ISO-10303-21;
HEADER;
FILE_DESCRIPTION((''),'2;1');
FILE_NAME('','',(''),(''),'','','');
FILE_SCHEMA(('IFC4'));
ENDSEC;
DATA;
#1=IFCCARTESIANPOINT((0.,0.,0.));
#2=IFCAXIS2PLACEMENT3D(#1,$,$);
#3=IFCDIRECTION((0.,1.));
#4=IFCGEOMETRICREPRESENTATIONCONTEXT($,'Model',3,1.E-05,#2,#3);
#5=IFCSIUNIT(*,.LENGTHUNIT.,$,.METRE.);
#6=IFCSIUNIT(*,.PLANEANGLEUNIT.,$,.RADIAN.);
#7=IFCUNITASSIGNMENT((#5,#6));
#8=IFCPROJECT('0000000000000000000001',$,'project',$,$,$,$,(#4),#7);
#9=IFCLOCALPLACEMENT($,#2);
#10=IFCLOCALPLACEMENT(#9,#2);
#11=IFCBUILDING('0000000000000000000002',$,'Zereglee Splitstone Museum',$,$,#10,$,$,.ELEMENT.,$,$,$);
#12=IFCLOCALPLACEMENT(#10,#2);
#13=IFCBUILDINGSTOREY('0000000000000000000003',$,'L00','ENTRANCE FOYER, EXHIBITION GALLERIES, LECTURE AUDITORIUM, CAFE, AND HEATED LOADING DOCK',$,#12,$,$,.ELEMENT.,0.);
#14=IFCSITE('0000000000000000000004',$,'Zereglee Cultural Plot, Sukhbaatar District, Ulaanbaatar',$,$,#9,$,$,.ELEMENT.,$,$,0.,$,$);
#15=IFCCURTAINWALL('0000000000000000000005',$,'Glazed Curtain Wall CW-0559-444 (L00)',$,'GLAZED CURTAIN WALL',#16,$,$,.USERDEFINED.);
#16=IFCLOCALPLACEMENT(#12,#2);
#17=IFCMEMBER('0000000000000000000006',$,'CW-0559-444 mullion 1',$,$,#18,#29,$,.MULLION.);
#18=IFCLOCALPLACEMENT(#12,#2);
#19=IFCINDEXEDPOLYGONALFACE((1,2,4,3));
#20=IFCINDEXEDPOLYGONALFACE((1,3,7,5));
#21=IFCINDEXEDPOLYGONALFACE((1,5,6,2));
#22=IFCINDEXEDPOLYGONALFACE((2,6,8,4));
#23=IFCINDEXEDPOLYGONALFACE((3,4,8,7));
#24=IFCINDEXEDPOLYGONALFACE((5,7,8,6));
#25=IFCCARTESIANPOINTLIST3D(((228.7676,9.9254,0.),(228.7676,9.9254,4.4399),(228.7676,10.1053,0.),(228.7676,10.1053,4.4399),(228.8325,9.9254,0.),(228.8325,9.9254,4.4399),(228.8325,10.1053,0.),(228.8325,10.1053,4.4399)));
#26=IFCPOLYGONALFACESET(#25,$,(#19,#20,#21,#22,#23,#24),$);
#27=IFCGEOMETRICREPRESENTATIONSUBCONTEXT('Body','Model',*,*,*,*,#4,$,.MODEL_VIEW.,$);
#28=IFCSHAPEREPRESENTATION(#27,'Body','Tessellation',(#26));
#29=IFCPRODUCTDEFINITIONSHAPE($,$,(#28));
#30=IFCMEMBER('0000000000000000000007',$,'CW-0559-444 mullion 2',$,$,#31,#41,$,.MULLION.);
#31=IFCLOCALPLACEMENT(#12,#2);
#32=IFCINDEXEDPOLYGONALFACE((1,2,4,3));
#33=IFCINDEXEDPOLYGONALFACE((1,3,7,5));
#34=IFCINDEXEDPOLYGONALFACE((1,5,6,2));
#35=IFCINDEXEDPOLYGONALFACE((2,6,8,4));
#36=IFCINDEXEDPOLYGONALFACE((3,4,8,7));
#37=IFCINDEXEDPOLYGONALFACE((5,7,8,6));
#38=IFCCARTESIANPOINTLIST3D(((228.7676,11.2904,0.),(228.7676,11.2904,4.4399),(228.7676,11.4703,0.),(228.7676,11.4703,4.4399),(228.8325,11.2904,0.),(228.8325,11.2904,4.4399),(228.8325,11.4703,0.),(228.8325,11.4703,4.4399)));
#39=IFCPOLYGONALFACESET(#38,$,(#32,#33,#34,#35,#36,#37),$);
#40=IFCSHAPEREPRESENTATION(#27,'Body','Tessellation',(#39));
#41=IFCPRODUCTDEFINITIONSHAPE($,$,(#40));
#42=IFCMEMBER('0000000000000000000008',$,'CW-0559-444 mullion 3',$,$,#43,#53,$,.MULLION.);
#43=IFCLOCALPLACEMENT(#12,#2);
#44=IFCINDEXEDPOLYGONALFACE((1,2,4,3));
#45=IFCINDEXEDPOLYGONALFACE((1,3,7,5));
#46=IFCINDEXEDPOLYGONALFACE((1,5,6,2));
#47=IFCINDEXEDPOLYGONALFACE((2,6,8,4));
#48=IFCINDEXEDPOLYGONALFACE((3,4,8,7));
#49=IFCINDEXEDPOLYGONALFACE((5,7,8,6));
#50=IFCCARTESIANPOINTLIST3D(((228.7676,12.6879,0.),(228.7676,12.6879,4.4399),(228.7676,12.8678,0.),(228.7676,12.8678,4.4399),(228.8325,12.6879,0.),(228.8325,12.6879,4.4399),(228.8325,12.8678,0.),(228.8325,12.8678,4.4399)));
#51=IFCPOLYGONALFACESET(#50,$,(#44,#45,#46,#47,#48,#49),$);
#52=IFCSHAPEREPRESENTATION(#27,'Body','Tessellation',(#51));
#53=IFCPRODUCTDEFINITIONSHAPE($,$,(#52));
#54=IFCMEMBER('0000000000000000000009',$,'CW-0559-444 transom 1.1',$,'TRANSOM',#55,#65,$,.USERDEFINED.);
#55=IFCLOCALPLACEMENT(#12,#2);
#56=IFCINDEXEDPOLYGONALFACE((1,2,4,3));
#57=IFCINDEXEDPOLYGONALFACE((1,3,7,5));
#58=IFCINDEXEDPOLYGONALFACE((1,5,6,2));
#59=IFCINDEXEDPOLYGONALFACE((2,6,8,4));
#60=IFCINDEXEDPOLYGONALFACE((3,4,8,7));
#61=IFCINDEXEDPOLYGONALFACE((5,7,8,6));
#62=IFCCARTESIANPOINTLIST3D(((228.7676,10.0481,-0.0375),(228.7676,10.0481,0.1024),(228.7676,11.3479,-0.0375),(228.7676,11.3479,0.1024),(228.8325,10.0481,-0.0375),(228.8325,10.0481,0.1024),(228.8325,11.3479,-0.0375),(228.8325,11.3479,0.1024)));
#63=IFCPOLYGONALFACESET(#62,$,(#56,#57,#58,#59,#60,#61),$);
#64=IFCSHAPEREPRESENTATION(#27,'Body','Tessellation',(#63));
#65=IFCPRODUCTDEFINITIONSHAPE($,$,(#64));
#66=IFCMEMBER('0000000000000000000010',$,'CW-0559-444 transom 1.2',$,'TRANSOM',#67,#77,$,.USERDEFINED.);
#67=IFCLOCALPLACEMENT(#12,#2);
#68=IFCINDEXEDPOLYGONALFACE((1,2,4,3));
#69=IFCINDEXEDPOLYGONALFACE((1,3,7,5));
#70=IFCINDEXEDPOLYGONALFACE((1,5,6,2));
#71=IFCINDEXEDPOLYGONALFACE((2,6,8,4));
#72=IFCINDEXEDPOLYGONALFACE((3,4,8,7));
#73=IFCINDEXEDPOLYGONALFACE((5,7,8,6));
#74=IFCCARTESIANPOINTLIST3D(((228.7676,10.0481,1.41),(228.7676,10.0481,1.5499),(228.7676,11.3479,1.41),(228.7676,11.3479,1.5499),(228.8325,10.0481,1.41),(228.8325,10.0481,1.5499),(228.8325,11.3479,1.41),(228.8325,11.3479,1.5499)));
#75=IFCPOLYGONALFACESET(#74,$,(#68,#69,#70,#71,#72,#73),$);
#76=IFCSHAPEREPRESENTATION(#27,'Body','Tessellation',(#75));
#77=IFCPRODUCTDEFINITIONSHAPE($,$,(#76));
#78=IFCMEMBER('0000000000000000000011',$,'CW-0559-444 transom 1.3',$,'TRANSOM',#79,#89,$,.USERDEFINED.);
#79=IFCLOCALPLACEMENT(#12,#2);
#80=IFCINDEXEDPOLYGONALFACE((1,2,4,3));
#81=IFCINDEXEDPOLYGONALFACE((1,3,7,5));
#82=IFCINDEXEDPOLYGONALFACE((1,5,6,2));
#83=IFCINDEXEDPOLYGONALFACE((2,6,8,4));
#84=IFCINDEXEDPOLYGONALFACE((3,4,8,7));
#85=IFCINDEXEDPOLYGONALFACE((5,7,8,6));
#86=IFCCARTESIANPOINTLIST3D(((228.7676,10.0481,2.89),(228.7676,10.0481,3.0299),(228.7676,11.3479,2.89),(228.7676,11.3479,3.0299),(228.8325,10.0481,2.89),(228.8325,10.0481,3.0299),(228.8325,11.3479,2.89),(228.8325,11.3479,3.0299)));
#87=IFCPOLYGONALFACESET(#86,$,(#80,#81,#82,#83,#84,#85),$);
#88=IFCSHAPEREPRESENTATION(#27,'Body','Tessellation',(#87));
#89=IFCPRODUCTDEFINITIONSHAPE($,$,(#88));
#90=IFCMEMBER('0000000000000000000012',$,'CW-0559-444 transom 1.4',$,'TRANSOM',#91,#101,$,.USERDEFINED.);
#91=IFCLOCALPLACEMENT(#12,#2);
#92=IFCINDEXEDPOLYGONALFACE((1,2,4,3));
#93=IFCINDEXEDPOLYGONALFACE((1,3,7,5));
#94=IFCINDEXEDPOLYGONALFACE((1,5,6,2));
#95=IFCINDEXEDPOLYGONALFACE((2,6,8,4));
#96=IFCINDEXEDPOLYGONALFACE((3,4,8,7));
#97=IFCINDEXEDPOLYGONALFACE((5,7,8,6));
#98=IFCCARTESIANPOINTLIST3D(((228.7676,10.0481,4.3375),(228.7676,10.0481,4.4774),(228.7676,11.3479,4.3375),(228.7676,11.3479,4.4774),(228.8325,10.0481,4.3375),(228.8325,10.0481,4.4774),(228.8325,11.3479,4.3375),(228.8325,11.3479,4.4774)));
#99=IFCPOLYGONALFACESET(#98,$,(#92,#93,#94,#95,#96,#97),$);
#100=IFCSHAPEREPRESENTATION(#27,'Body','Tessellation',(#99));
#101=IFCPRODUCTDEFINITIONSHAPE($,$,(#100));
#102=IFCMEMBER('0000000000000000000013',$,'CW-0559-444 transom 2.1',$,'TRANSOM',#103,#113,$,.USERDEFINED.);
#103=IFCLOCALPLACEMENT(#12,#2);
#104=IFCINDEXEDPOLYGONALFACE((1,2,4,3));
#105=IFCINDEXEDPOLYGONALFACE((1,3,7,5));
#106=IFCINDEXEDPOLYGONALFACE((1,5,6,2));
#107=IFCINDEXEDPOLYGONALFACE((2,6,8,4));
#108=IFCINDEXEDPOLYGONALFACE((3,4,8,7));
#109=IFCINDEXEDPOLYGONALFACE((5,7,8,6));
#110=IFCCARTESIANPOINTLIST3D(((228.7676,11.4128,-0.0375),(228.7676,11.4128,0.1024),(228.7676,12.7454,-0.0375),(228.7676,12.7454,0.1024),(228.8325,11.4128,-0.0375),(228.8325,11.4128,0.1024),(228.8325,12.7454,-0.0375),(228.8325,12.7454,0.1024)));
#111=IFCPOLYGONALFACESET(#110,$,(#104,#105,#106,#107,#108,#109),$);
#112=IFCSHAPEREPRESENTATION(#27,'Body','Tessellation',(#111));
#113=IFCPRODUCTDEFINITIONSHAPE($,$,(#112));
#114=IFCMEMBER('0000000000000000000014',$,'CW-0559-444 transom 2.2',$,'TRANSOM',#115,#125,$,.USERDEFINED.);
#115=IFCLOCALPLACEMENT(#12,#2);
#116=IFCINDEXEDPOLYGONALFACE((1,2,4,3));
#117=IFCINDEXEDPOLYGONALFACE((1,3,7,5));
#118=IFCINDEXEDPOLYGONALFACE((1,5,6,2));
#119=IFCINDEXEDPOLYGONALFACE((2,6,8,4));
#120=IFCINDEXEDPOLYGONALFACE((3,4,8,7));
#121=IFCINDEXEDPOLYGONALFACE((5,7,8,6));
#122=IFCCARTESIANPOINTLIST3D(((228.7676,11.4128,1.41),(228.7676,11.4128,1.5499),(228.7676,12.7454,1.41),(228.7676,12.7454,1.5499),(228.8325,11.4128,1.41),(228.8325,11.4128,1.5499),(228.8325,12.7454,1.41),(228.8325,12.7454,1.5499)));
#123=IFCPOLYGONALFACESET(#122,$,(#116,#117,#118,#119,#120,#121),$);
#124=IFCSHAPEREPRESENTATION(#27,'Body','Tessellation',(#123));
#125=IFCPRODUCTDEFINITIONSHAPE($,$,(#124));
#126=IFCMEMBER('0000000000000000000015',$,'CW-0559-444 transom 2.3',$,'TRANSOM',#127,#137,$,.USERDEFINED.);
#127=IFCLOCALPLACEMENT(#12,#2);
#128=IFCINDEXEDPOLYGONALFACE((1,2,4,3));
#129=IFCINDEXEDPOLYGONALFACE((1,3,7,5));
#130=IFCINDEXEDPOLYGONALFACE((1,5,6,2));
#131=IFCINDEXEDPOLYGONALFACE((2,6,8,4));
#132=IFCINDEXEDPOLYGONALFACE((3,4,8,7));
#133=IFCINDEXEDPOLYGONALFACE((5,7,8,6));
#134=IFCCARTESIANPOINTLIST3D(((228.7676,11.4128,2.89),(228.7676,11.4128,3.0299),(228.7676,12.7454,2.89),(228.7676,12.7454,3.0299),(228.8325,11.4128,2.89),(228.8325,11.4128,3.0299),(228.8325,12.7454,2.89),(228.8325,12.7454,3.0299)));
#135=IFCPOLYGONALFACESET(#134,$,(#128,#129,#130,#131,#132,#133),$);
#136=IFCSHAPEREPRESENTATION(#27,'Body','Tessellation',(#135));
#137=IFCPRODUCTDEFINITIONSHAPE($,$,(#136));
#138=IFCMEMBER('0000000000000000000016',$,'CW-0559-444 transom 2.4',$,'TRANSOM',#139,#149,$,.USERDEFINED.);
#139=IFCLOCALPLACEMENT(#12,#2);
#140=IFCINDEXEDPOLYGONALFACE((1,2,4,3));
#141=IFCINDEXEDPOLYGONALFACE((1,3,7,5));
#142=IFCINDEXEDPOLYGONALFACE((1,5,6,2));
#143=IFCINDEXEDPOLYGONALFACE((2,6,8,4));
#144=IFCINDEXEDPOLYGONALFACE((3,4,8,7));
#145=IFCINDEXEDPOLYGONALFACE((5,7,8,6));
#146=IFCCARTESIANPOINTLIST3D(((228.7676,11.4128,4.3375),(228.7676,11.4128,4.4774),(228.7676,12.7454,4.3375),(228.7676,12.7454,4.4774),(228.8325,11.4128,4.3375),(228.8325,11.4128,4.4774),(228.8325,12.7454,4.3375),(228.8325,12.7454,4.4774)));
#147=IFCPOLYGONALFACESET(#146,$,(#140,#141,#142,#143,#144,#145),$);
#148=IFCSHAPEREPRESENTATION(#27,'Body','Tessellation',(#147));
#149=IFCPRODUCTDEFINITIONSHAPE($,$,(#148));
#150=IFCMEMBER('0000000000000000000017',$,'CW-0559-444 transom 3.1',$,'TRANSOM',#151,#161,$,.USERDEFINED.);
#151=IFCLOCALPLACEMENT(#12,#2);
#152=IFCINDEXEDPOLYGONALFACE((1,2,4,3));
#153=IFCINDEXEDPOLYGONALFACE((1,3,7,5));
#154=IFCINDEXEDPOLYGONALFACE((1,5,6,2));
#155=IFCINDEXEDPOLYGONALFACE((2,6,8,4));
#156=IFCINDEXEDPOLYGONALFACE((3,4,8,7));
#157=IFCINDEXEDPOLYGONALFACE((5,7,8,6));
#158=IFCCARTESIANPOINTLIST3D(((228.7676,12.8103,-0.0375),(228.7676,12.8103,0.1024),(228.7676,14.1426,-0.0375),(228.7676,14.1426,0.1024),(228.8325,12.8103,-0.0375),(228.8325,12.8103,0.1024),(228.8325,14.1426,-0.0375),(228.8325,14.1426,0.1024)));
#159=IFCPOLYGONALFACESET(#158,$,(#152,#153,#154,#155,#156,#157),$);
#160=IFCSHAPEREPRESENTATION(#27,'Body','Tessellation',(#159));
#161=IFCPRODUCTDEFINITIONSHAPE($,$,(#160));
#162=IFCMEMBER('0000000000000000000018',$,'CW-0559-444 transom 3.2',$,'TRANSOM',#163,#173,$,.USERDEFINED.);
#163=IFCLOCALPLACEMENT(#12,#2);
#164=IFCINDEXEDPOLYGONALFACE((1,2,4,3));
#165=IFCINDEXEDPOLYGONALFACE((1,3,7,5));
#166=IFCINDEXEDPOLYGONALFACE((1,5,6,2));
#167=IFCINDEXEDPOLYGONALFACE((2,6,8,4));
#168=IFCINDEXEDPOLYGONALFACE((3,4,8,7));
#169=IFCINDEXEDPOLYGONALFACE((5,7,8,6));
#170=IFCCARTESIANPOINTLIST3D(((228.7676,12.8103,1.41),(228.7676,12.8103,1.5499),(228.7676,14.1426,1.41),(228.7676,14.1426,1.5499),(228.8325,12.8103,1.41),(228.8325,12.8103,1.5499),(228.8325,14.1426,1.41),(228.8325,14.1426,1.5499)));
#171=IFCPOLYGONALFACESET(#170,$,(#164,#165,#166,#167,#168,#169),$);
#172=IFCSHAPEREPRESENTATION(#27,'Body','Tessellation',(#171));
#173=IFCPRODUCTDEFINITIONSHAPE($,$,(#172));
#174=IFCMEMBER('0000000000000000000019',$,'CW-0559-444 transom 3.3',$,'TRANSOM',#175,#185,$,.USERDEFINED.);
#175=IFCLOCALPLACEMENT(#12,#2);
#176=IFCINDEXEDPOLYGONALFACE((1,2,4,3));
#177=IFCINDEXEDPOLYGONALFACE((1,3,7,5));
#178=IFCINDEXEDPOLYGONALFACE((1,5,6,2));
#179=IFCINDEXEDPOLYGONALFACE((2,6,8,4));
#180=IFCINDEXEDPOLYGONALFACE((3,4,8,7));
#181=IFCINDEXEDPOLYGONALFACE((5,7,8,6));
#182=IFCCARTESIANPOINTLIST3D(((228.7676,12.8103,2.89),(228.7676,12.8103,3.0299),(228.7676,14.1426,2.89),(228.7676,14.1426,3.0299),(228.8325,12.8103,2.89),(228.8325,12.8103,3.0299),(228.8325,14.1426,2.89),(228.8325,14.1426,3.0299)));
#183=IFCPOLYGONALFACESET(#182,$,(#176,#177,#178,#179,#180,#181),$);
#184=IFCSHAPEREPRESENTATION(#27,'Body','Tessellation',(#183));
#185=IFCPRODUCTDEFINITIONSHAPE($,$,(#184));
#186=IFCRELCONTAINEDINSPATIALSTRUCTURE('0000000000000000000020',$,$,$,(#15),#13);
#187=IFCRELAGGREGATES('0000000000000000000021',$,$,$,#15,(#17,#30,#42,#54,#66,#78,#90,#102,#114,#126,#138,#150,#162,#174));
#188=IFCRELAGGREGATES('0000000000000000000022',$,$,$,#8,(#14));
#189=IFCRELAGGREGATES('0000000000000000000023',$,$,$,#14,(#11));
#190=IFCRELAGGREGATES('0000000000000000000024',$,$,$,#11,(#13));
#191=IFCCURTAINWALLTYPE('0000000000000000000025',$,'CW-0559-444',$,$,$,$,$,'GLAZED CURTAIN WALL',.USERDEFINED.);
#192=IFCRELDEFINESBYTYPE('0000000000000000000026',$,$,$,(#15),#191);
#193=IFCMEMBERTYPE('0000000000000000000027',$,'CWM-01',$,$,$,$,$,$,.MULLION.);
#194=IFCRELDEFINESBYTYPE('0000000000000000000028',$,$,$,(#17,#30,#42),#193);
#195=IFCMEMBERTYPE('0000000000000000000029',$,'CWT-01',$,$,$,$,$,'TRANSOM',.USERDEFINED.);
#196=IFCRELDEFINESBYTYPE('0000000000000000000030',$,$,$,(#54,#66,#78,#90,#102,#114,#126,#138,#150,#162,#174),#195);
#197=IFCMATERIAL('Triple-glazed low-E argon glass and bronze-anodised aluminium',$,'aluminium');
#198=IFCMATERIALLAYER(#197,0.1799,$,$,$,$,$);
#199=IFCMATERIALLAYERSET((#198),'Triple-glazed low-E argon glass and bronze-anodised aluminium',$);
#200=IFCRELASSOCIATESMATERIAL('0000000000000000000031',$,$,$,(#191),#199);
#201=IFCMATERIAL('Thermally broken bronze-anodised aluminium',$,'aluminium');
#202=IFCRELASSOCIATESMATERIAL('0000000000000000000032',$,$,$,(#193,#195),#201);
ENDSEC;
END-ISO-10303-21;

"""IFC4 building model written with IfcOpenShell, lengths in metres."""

from ifc_helpers import new_model, si_unit, direction, frame, origin, origin_2d, place, context, subcontext, project, spatial, rectangle, extrude, material, layer, layer_set, material_profile, profile_set, type_object, element, aggregate, save


model = new_model("IFC4")

# Units and contexts
model_context = context("Model", 3, precision=1e-05, world=origin(), true_north=direction((0.0, 1.0)))
body_context = subcontext(model_context, "Body", "Model", "MODEL_VIEW")
ifc_project = project(units=[si_unit("LENGTHUNIT", "METRE"), si_unit("PLANEANGLEUNIT", "RADIAN")], contexts=[model_context])

# Site, building, storey
site_placement = place(None, origin())
site = spatial("IfcSite", under=ifc_project, at=site_placement, Name="Zereglee Cultural Plot, Sukhbaatar District, Ulaanbaatar", CompositionType="ELEMENT", RefElevation=0.0)
building_placement = place(site_placement, origin())
building = spatial("IfcBuilding", under=site, at=building_placement, Name="Zereglee Splitstone Museum", CompositionType="ELEMENT")
storey_placement = place(building_placement, origin())
storey = spatial("IfcBuildingStorey", under=building, at=storey_placement, Name="L00", Description="ENTRANCE FOYER, EXHIBITION GALLERIES, LECTURE AUDITORIUM, CAFE, AND HEATED LOADING DOCK", CompositionType="ELEMENT", Elevation=0.0)

# Curtain wall, members
ifc_material_1 = material(Name="Triple-glazed low-E argon glass and bronze-anodised aluminium", Category="aluminium")
ifc_layer_1 = layer(ifc_material_1, 0.1799)
ifc_layer_set_1 = layer_set([ifc_layer_1], Name="Triple-glazed low-E argon glass and bronze-anodised aluminium")
curtain_wall_type = type_object("IfcCurtainWallType", Name="CW-0559-444", ElementType="GLAZED CURTAIN WALL", PredefinedType="USERDEFINED", material=ifc_layer_set_1)
curtain_wall_placement = place(storey_placement, origin())
curtain_wall = element("IfcCurtainWall", 1, at=curtain_wall_placement, inside=storey, type_object=curtain_wall_type, Name="Glazed Curtain Wall CW-0559-444 (L00)", ObjectType="GLAZED CURTAIN WALL", PredefinedType="USERDEFINED")
ifc_material_2 = material(Name="Thermally broken bronze-anodised aluminium", Category="aluminium")
ifc_material_profile_1 = material_profile(ifc_material_2, rectangle(XDim=0.0649, YDim=0.1799, at=origin_2d()), Name="CW MULL 65x180")
ifc_profile_set_1 = profile_set([ifc_material_profile_1], Name="Thermally broken bronze-anodised aluminium")
member_type_1 = type_object("IfcMemberType", Name="CWM-01", PredefinedType="MULLION", material=ifc_profile_set_1)
member_1_placement = place(storey_placement, frame((228.8, 10.0154, 0.0), z_axis=(0.0, 0.0, 1.0), x_axis=(-1.0, 0.0, 0.0)))
member_1 = element("IfcMember", 2, at=member_1_placement, type_object=member_type_1, Name="CW-0559-444 mullion 1", PredefinedType="MULLION", context=body_context, shape_type="SweptSolid", body=[
    extrude(rectangle(XDim=0.0649, YDim=0.1799, at=origin_2d()), origin(), (0.0, 0.0, 1.0), 4.4399),
])
member_2_placement = place(storey_placement, frame((228.8, 11.3804, 0.0), z_axis=(0.0, 0.0, 1.0), x_axis=(-1.0, 0.0, 0.0)))
member_2 = element("IfcMember", 3, at=member_2_placement, type_object=member_type_1, Name="CW-0559-444 mullion 2", PredefinedType="MULLION", context=body_context, shape_type="SweptSolid", body=[
    extrude(rectangle(XDim=0.0649, YDim=0.1799, at=origin_2d()), origin(), (0.0, 0.0, 1.0), 4.4399),
])
member_3_placement = place(storey_placement, frame((228.8, 12.7778, 0.0), z_axis=(0.0, 0.0, 1.0), x_axis=(-1.0, 0.0, 0.0)))
member_3 = element("IfcMember", 4, at=member_3_placement, type_object=member_type_1, Name="CW-0559-444 mullion 3", PredefinedType="MULLION", context=body_context, shape_type="SweptSolid", body=[
    extrude(rectangle(XDim=0.0649, YDim=0.1799, at=origin_2d()), origin(), (0.0, 0.0, 1.0), 4.4399),
])
ifc_material_profile_2 = material_profile(ifc_material_2, rectangle(XDim=0.0649, YDim=0.1399, at=origin_2d()), Name="CW TRAN 65x140")
ifc_profile_set_2 = profile_set([ifc_material_profile_2], Name="Thermally broken bronze-anodised aluminium")
member_type_2 = type_object("IfcMemberType", Name="CWT-01", ElementType="TRANSOM", PredefinedType="USERDEFINED", material=ifc_profile_set_2)
member_4_placement = place(storey_placement, frame((228.8, 10.0481, 0.0325), z_axis=(0.0, 1.0, 0.0), x_axis=(-1.0, 0.0, 0.0)))
member_4 = element("IfcMember", 5, at=member_4_placement, type_object=member_type_2, Name="CW-0559-444 transom 1.1", ObjectType="TRANSOM", PredefinedType="USERDEFINED", context=body_context, shape_type="SweptSolid", body=[
    extrude(rectangle(XDim=0.0649, YDim=0.1399, at=origin_2d()), origin(), (0.0, 0.0, 1.0), 1.2998),
])
member_5_placement = place(storey_placement, frame((228.8, 10.0481, 1.48), z_axis=(0.0, 1.0, 0.0), x_axis=(-1.0, 0.0, 0.0)))
member_5 = element("IfcMember", 6, at=member_5_placement, type_object=member_type_2, Name="CW-0559-444 transom 1.2", ObjectType="TRANSOM", PredefinedType="USERDEFINED", context=body_context, shape_type="SweptSolid", body=[
    extrude(rectangle(XDim=0.0649, YDim=0.1399, at=origin_2d()), origin(), (0.0, 0.0, 1.0), 1.2998),
])
member_6_placement = place(storey_placement, frame((228.8, 10.0481, 2.96), z_axis=(0.0, 1.0, 0.0), x_axis=(-1.0, 0.0, 0.0)))
member_6 = element("IfcMember", 7, at=member_6_placement, type_object=member_type_2, Name="CW-0559-444 transom 1.3", ObjectType="TRANSOM", PredefinedType="USERDEFINED", context=body_context, shape_type="SweptSolid", body=[
    extrude(rectangle(XDim=0.0649, YDim=0.1399, at=origin_2d()), origin(), (0.0, 0.0, 1.0), 1.2998),
])
member_7_placement = place(storey_placement, frame((228.8, 10.0481, 4.4075), z_axis=(0.0, 1.0, 0.0), x_axis=(-1.0, 0.0, 0.0)))
member_7 = element("IfcMember", 8, at=member_7_placement, type_object=member_type_2, Name="CW-0559-444 transom 1.4", ObjectType="TRANSOM", PredefinedType="USERDEFINED", context=body_context, shape_type="SweptSolid", body=[
    extrude(rectangle(XDim=0.0649, YDim=0.1399, at=origin_2d()), origin(), (0.0, 0.0, 1.0), 1.2998),
])
member_8_placement = place(storey_placement, frame((228.8, 11.4128, 0.0325), z_axis=(0.0, 1.0, 0.0), x_axis=(-1.0, 0.0, 0.0)))
member_8 = element("IfcMember", 9, at=member_8_placement, type_object=member_type_2, Name="CW-0559-444 transom 2.1", ObjectType="TRANSOM", PredefinedType="USERDEFINED", context=body_context, shape_type="SweptSolid", body=[
    extrude(rectangle(XDim=0.0649, YDim=0.1399, at=origin_2d()), origin(), (0.0, 0.0, 1.0), 1.3325),
])
member_9_placement = place(storey_placement, frame((228.8, 11.4128, 1.48), z_axis=(0.0, 1.0, 0.0), x_axis=(-1.0, 0.0, 0.0)))
member_9 = element("IfcMember", 10, at=member_9_placement, type_object=member_type_2, Name="CW-0559-444 transom 2.2", ObjectType="TRANSOM", PredefinedType="USERDEFINED", context=body_context, shape_type="SweptSolid", body=[
    extrude(rectangle(XDim=0.0649, YDim=0.1399, at=origin_2d()), origin(), (0.0, 0.0, 1.0), 1.3325),
])
member_10_placement = place(storey_placement, frame((228.8, 11.4128, 2.96), z_axis=(0.0, 1.0, 0.0), x_axis=(-1.0, 0.0, 0.0)))
member_10 = element("IfcMember", 11, at=member_10_placement, type_object=member_type_2, Name="CW-0559-444 transom 2.3", ObjectType="TRANSOM", PredefinedType="USERDEFINED", context=body_context, shape_type="SweptSolid", body=[
    extrude(rectangle(XDim=0.0649, YDim=0.1399, at=origin_2d()), origin(), (0.0, 0.0, 1.0), 1.3325),
])
member_11_placement = place(storey_placement, frame((228.8, 11.4128, 4.4075), z_axis=(0.0, 1.0, 0.0), x_axis=(-1.0, 0.0, 0.0)))
member_11 = element("IfcMember", 12, at=member_11_placement, type_object=member_type_2, Name="CW-0559-444 transom 2.4", ObjectType="TRANSOM", PredefinedType="USERDEFINED", context=body_context, shape_type="SweptSolid", body=[
    extrude(rectangle(XDim=0.0649, YDim=0.1399, at=origin_2d()), origin(), (0.0, 0.0, 1.0), 1.3325),
])
member_12_placement = place(storey_placement, frame((228.8, 12.8103, 0.0325), z_axis=(0.0, 1.0, 0.0), x_axis=(-1.0, 0.0, 0.0)))
member_12 = element("IfcMember", 13, at=member_12_placement, type_object=member_type_2, Name="CW-0559-444 transom 3.1", ObjectType="TRANSOM", PredefinedType="USERDEFINED", context=body_context, shape_type="SweptSolid", body=[
    extrude(rectangle(XDim=0.0649, YDim=0.1399, at=origin_2d()), origin(), (0.0, 0.0, 1.0), 1.3323),
])
member_13_placement = place(storey_placement, frame((228.8, 12.8103, 1.48), z_axis=(0.0, 1.0, 0.0), x_axis=(-1.0, 0.0, 0.0)))
member_13 = element("IfcMember", 14, at=member_13_placement, type_object=member_type_2, Name="CW-0559-444 transom 3.2", ObjectType="TRANSOM", PredefinedType="USERDEFINED", context=body_context, shape_type="SweptSolid", body=[
    extrude(rectangle(XDim=0.0649, YDim=0.1399, at=origin_2d()), origin(), (0.0, 0.0, 1.0), 1.3323),
])
member_14_placement = place(storey_placement, frame((228.8, 12.8103, 2.96), z_axis=(0.0, 1.0, 0.0), x_axis=(-1.0, 0.0, 0.0)))
member_14 = element("IfcMember", 15, at=member_14_placement, type_object=member_type_2, Name="CW-0559-444 transom 3.3", ObjectType="TRANSOM", PredefinedType="USERDEFINED", context=body_context, shape_type="SweptSolid", body=[
    extrude(rectangle(XDim=0.0649, YDim=0.1399, at=origin_2d()), origin(), (0.0, 0.0, 1.0), 1.3323),
])

aggregate(curtain_wall, [member_1, member_2, member_3, member_4, member_5, member_6, member_7, member_8, member_9, member_10, member_11, member_12, member_13, member_14])

save(model, "model.ifc")
